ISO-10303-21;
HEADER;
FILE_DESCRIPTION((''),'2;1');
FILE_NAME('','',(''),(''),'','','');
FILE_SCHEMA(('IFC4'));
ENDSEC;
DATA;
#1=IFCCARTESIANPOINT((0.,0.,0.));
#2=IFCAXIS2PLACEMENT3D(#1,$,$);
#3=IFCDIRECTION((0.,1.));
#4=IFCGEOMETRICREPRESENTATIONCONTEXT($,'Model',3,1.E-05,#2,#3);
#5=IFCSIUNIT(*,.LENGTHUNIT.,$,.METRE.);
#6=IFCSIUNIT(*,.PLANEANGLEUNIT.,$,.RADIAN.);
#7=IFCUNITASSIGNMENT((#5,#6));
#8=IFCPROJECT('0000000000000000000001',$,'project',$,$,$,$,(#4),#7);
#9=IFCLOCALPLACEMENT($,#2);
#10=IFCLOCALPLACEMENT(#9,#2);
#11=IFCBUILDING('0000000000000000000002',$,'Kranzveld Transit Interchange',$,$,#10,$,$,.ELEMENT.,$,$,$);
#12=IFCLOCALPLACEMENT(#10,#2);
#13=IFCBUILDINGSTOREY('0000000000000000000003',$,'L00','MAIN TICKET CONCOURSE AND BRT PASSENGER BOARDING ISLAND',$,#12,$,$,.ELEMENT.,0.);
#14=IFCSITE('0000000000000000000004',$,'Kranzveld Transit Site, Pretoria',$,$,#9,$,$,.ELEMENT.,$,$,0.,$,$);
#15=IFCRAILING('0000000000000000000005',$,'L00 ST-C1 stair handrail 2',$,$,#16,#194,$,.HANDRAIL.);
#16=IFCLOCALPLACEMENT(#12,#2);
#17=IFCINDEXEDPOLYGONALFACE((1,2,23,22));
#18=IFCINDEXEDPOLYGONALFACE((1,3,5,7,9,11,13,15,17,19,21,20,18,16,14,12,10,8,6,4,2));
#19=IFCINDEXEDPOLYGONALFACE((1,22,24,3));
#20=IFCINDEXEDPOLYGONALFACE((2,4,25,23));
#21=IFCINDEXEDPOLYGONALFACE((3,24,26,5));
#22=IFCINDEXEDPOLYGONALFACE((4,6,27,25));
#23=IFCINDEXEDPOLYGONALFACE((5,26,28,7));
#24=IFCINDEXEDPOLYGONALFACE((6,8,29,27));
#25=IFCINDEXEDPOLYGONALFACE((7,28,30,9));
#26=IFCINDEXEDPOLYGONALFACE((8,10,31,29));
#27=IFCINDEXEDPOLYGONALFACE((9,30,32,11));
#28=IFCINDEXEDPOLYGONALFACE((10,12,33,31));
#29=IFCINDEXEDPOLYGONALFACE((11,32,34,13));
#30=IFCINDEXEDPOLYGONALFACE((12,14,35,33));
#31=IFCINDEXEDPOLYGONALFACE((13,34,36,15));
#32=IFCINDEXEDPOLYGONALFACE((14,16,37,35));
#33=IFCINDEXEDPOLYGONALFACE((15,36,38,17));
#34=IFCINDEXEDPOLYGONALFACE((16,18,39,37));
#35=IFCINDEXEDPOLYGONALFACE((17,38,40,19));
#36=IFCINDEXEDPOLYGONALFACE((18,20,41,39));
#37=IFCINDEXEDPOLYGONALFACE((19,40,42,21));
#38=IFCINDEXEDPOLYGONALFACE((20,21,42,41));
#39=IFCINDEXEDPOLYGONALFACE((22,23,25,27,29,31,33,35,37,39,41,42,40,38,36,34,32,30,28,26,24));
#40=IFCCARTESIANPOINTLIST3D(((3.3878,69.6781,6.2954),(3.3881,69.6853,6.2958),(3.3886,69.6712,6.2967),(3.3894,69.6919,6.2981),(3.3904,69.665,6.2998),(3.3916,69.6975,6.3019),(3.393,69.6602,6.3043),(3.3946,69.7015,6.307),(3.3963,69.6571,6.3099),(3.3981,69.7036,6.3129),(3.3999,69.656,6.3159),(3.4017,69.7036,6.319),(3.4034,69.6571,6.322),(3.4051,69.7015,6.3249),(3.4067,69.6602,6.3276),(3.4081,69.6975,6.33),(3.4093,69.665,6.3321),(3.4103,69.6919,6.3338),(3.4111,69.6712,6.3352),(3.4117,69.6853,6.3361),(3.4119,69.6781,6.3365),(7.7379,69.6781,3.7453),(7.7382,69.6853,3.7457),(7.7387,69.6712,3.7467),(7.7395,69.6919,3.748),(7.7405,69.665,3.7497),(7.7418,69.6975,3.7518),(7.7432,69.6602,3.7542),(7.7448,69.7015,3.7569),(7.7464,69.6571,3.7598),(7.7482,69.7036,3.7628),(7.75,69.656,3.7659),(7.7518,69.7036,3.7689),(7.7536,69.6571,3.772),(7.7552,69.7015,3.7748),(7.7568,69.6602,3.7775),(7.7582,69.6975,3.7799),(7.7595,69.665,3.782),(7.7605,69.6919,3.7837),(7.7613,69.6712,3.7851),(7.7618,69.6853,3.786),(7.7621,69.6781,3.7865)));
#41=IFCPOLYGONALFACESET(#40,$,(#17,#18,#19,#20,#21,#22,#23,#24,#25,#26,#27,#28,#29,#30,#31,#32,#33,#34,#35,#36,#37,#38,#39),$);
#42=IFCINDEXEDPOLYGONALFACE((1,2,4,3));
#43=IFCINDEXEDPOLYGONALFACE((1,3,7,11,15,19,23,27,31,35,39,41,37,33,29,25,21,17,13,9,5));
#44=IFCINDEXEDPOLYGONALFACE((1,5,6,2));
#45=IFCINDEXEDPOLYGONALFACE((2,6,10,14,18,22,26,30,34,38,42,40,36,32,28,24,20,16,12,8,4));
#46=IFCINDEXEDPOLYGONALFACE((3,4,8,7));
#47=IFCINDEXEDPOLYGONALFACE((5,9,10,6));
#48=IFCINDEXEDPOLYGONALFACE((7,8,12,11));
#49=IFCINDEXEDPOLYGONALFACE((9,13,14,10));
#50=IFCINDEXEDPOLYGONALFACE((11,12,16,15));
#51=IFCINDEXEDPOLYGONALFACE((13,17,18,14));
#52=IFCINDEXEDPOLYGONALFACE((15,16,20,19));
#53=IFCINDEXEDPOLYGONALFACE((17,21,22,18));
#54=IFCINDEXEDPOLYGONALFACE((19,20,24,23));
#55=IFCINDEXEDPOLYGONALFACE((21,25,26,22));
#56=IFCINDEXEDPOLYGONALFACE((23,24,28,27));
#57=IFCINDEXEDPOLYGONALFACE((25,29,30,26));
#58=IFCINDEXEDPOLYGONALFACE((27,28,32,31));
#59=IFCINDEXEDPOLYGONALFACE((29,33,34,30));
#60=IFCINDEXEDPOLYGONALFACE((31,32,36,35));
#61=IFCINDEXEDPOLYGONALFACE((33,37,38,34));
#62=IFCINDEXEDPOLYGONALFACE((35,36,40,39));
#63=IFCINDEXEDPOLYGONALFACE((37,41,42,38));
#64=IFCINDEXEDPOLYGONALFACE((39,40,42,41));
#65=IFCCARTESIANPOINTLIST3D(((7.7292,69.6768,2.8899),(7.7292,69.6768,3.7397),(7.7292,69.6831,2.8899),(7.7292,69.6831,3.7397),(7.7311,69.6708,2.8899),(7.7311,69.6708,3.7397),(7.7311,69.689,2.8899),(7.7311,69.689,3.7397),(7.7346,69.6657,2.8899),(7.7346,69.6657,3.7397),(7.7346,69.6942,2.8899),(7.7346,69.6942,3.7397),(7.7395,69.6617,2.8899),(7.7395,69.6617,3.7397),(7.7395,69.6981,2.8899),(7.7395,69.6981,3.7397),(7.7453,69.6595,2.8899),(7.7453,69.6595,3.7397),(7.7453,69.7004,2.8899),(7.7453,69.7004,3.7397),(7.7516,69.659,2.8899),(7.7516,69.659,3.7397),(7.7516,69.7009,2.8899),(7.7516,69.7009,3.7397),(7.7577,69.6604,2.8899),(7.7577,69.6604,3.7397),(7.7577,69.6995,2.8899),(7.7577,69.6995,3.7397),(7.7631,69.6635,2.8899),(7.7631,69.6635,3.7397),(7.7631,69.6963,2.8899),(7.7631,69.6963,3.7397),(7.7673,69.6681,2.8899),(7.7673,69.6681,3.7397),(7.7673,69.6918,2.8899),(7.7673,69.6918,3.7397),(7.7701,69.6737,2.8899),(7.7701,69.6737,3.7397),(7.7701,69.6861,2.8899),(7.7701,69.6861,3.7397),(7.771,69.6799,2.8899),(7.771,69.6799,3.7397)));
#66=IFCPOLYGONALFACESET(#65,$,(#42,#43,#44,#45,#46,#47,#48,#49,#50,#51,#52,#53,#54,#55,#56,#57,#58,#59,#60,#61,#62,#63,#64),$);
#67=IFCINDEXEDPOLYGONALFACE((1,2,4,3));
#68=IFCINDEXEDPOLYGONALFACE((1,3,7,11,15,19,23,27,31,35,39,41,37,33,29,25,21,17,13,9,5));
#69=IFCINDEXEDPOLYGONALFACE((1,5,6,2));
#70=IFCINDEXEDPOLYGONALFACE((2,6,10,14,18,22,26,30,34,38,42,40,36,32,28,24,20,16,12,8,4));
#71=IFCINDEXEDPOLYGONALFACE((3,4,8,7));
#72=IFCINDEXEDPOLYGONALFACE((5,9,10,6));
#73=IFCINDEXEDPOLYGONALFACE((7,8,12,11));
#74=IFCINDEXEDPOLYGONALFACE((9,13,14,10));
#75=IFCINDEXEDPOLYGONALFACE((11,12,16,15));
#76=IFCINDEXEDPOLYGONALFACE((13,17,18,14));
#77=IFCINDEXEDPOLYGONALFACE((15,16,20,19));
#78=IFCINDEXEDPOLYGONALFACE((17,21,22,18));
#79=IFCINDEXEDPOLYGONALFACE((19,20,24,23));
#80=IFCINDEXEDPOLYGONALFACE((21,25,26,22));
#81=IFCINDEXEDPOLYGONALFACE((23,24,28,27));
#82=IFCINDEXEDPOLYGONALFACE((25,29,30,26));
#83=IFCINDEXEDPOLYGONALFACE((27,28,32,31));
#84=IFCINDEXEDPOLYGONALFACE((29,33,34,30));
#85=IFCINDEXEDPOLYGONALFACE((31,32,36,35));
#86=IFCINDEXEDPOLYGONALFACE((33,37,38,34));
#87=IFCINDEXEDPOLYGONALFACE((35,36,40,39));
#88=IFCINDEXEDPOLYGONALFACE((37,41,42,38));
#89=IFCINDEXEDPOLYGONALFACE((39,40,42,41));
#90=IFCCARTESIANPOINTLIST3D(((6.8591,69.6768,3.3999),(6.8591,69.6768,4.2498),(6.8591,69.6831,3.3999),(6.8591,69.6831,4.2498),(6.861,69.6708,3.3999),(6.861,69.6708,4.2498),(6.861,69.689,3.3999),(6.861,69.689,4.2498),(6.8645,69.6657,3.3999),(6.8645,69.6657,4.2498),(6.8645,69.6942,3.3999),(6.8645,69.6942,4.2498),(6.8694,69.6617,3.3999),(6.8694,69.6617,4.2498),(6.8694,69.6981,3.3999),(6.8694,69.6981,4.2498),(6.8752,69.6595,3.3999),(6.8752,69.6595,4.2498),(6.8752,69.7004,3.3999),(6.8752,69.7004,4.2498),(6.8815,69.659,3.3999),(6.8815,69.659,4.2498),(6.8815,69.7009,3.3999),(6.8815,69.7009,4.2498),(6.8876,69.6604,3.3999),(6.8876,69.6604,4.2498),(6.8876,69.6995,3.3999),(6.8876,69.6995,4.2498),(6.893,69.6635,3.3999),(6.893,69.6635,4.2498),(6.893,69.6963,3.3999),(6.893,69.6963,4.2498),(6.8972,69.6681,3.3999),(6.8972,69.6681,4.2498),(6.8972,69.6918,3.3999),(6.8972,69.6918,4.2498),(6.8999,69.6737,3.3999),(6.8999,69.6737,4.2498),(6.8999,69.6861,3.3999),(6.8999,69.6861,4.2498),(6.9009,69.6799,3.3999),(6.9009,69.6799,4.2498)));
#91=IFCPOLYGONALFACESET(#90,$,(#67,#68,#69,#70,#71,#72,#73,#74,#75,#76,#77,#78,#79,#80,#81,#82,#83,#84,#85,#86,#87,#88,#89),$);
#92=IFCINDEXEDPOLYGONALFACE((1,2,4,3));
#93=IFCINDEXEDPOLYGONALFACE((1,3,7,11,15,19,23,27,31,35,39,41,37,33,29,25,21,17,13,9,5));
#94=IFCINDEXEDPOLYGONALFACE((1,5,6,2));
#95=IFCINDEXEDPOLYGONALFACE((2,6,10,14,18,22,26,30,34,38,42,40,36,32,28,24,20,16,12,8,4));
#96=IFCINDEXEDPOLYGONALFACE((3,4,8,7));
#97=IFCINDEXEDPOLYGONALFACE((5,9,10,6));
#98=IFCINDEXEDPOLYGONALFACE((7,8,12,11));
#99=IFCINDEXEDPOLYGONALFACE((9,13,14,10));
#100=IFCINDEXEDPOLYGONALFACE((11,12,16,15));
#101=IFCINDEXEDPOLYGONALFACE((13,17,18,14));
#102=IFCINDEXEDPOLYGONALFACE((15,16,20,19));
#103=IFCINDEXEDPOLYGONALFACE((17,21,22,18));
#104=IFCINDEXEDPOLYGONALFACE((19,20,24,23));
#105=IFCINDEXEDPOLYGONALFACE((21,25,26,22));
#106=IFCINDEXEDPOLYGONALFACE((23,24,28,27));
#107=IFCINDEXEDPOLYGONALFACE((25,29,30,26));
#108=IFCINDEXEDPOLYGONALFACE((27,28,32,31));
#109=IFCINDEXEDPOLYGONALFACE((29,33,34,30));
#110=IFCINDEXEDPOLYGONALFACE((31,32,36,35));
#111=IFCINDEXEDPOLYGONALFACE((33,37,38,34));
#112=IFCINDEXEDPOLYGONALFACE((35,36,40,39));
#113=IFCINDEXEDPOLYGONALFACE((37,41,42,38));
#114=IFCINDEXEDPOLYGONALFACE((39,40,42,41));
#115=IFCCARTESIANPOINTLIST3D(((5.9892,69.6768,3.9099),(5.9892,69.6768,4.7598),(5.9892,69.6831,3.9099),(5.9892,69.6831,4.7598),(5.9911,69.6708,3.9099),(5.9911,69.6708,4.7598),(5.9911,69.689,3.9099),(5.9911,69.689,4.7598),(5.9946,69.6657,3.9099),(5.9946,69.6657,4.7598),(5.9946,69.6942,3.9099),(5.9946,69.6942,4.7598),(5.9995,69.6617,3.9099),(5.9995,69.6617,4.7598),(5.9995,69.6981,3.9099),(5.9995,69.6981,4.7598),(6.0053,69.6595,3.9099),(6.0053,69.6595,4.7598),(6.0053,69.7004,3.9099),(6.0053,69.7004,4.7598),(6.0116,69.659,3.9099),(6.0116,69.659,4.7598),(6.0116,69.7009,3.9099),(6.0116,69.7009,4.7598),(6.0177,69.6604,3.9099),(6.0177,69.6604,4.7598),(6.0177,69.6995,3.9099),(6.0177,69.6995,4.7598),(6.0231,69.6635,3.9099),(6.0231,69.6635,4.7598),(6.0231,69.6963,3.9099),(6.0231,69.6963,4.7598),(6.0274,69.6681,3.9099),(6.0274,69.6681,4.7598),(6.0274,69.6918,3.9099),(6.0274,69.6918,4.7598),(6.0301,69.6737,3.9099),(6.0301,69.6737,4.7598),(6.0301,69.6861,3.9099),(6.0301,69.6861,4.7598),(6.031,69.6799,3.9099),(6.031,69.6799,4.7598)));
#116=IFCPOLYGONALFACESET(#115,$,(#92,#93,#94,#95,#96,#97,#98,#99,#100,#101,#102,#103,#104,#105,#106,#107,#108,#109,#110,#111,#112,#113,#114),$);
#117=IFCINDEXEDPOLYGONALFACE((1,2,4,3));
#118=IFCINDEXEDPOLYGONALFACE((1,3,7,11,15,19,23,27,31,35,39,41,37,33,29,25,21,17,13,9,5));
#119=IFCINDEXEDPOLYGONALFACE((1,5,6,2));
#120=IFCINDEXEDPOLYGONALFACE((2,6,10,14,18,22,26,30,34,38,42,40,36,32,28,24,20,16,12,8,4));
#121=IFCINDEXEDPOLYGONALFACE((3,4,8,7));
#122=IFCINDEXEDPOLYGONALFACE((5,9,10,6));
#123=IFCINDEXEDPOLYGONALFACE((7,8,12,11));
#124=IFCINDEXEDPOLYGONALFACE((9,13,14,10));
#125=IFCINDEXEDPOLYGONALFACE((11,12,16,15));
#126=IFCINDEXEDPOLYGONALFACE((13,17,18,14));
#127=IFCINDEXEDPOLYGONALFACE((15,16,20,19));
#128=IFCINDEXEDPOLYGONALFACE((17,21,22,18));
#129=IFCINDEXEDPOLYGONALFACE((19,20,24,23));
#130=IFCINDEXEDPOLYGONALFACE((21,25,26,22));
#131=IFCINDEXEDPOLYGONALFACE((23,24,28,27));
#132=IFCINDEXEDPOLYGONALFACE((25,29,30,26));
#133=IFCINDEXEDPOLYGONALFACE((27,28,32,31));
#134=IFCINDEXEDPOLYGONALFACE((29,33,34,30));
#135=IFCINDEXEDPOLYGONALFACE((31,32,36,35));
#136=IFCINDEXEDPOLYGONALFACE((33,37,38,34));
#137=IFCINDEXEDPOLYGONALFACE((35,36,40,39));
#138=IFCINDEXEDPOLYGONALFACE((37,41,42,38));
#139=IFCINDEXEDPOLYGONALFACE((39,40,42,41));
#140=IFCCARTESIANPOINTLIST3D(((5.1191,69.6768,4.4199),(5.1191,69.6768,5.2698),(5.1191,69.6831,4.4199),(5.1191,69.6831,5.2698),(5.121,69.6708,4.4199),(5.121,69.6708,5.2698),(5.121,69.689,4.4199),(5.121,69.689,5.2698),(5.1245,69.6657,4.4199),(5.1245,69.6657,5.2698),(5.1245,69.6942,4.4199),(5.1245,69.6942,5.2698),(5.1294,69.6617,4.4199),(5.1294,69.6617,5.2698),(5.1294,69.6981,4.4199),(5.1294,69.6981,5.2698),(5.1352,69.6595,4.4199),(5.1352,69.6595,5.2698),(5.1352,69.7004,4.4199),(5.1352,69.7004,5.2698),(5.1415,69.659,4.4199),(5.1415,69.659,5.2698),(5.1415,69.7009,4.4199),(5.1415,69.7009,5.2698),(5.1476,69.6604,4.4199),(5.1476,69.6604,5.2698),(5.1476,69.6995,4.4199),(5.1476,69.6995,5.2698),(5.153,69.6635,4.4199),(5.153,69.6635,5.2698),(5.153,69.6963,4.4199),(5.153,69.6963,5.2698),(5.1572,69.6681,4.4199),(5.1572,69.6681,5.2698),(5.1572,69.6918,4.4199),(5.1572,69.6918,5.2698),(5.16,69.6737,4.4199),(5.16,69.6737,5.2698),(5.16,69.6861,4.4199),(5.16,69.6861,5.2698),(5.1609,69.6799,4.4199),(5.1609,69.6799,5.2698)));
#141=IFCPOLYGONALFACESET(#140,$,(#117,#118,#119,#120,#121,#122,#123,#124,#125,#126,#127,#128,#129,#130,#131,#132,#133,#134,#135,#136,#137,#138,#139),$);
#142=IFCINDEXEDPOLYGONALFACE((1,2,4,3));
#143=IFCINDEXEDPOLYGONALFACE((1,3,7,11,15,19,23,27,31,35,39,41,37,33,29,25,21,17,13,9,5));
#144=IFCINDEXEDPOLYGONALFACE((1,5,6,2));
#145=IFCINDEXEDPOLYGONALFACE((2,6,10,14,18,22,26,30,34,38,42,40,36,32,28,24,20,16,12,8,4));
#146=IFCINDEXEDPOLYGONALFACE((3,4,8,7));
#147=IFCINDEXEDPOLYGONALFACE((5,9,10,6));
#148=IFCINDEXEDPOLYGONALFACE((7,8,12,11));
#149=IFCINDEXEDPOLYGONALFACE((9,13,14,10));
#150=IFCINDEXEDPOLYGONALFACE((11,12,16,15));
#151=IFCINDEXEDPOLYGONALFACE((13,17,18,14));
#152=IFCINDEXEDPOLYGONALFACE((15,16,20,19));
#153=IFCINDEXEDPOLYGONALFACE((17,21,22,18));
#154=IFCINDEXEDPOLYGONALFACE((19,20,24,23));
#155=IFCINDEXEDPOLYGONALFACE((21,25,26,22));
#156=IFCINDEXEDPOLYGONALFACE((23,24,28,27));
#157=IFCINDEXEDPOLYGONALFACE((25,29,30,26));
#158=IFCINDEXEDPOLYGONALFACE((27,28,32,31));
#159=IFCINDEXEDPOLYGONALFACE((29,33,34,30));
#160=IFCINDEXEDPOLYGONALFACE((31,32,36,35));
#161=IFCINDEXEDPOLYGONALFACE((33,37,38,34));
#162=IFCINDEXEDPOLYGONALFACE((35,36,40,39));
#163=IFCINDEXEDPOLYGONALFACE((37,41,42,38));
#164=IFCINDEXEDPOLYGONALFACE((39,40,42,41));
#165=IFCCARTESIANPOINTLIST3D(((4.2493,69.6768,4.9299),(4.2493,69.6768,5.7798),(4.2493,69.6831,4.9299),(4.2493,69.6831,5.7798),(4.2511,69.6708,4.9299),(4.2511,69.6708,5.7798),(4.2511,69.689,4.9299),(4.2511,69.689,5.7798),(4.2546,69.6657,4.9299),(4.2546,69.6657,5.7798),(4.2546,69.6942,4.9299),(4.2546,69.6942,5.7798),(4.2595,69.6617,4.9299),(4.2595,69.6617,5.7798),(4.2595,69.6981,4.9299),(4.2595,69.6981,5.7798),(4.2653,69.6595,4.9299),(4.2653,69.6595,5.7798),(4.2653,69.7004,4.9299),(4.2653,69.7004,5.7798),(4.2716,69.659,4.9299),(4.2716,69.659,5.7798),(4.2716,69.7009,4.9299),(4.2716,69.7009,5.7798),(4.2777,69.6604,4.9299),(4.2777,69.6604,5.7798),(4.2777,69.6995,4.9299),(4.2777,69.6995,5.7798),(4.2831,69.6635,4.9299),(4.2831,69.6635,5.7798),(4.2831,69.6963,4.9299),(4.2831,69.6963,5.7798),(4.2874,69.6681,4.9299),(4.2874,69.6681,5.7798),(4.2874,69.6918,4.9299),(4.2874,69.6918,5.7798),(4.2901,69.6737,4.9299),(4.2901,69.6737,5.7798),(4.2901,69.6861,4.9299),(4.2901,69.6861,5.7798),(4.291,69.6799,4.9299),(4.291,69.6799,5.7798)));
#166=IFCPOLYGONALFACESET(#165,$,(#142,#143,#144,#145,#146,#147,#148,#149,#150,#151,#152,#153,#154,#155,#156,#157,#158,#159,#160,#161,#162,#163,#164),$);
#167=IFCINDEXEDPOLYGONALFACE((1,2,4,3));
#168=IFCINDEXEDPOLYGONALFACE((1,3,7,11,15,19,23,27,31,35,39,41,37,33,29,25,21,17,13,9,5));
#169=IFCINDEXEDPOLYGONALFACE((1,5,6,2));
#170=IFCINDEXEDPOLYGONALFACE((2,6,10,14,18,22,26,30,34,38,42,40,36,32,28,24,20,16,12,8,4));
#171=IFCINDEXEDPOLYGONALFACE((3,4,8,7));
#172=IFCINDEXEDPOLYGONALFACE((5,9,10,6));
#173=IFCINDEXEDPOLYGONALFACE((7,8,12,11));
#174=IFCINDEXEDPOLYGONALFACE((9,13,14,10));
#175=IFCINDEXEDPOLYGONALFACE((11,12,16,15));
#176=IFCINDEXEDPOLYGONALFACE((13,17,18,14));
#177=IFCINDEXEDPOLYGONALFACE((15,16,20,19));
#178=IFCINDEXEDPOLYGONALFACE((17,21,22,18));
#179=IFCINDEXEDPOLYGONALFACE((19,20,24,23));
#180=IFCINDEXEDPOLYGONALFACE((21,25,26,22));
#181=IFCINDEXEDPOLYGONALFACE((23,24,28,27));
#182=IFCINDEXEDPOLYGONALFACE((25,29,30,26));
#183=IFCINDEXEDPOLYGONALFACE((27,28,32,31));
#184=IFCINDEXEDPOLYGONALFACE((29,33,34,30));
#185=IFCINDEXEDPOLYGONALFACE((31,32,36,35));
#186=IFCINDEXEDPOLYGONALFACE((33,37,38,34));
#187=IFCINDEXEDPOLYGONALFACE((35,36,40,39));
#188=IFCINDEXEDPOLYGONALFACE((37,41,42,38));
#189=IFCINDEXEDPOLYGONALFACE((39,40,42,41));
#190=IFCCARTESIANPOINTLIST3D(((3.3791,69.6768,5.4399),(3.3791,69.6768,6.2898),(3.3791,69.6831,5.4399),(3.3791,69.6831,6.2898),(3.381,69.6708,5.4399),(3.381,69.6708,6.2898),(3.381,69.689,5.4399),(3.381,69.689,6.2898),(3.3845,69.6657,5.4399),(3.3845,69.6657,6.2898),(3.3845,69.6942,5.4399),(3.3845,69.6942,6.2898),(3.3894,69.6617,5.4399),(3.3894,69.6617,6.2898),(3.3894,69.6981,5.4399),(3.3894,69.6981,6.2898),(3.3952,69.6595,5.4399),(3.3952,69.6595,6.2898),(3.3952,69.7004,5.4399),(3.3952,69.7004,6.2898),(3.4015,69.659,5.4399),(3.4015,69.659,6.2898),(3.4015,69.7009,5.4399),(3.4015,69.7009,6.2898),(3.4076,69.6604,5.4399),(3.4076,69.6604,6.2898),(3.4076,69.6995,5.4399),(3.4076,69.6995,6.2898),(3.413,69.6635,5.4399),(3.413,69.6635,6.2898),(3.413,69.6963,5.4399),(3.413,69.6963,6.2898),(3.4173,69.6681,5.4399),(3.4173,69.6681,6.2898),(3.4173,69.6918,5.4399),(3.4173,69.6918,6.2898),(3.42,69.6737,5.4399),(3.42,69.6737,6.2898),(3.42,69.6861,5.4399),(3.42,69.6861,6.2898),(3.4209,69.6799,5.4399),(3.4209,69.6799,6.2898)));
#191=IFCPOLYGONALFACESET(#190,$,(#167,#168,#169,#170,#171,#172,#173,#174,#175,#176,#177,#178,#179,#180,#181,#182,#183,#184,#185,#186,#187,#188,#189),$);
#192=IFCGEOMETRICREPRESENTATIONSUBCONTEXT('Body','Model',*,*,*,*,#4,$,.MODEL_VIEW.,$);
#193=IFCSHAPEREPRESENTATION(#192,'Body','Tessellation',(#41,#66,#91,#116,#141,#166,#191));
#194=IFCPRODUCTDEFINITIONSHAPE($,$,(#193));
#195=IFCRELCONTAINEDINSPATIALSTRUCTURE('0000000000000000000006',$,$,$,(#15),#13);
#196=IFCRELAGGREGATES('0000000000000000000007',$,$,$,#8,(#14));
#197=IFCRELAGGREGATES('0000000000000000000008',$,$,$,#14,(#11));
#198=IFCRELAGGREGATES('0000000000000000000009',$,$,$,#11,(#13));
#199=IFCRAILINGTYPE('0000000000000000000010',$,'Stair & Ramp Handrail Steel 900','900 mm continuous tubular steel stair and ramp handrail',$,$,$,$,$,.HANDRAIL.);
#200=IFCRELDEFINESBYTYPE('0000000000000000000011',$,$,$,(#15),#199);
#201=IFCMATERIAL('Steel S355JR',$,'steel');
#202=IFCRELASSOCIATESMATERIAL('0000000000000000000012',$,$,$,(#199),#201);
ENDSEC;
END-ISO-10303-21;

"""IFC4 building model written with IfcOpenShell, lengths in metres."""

from ifc_helpers import new_model, si_unit, direction, frame, origin, origin_2d, place, context, subcontext, project, spatial, circle, extrude, material, type_object, element, save


model = new_model("IFC4")

# Units and contexts
model_context = context("Model", 3, precision=1e-05, world=origin(), true_north=direction((0.0, 1.0)))
body_context = subcontext(model_context, "Body", "Model", "MODEL_VIEW")
ifc_project = project(units=[si_unit("LENGTHUNIT", "METRE"), si_unit("PLANEANGLEUNIT", "RADIAN")], contexts=[model_context])

# Site, building, storey
site_placement = place(None, origin())
site = spatial("IfcSite", under=ifc_project, at=site_placement, Name="Kranzveld Transit Site, Pretoria", CompositionType="ELEMENT", RefElevation=0.0)
building_placement = place(site_placement, origin())
building = spatial("IfcBuilding", under=site, at=building_placement, Name="Kranzveld Transit Interchange", CompositionType="ELEMENT")
storey_placement = place(building_placement, origin())
storey = spatial("IfcBuildingStorey", under=building, at=storey_placement, Name="L00", Description="MAIN TICKET CONCOURSE AND BRT PASSENGER BOARDING ISLAND", CompositionType="ELEMENT", Elevation=0.0)

# Railing
ifc_material_1 = material(Name="Steel S355JR", Category="steel")
railing_type_1 = type_object("IfcRailingType", Name="Stair & Ramp Handrail Steel 900", Description="900 mm continuous tubular steel stair and ramp handrail", PredefinedType="HANDRAIL", material=ifc_material_1)
railing_1_placement = place(storey_placement, frame((7.75, 69.6799, 2.8899)))
element("IfcRailing", 1, at=railing_1_placement, inside=storey, type_object=railing_type_1, Name="L00 ST-C1 stair handrail 2", PredefinedType="HANDRAIL", context=body_context, shape_type="SweptSolid", body=[
    extrude(circle(Radius=0.0239, at=origin_2d()), frame((0.0, 0.0, 0.876), z_axis=(-0.862699, 0.0, 0.505718), x_axis=(0.0, -1.0, 0.0)), (0.0, 0.0, 1.0), 5.0425),
    extrude(circle(Radius=0.021, at=origin_2d()), origin(), (0.0, 0.0, 1.0), 0.8499),
    extrude(circle(Radius=0.021, at=origin_2d()), frame((-0.8701, 0.0, 0.51)), (0.0, 0.0, 1.0), 0.8499),
    extrude(circle(Radius=0.021, at=origin_2d()), frame((-1.74, 0.0, 1.02)), (0.0, 0.0, 1.0), 0.8499),
    extrude(circle(Radius=0.021, at=origin_2d()), frame((-2.6101, 0.0, 1.53)), (0.0, 0.0, 1.0), 0.8499),
    extrude(circle(Radius=0.021, at=origin_2d()), frame((-3.48, 0.0, 2.04)), (0.0, 0.0, 1.0), 0.8499),
    extrude(circle(Radius=0.021, at=origin_2d()), frame((-4.3501, 0.0, 2.55)), (0.0, 0.0, 1.0), 0.8499),
])

save(model, "model.ifc")
